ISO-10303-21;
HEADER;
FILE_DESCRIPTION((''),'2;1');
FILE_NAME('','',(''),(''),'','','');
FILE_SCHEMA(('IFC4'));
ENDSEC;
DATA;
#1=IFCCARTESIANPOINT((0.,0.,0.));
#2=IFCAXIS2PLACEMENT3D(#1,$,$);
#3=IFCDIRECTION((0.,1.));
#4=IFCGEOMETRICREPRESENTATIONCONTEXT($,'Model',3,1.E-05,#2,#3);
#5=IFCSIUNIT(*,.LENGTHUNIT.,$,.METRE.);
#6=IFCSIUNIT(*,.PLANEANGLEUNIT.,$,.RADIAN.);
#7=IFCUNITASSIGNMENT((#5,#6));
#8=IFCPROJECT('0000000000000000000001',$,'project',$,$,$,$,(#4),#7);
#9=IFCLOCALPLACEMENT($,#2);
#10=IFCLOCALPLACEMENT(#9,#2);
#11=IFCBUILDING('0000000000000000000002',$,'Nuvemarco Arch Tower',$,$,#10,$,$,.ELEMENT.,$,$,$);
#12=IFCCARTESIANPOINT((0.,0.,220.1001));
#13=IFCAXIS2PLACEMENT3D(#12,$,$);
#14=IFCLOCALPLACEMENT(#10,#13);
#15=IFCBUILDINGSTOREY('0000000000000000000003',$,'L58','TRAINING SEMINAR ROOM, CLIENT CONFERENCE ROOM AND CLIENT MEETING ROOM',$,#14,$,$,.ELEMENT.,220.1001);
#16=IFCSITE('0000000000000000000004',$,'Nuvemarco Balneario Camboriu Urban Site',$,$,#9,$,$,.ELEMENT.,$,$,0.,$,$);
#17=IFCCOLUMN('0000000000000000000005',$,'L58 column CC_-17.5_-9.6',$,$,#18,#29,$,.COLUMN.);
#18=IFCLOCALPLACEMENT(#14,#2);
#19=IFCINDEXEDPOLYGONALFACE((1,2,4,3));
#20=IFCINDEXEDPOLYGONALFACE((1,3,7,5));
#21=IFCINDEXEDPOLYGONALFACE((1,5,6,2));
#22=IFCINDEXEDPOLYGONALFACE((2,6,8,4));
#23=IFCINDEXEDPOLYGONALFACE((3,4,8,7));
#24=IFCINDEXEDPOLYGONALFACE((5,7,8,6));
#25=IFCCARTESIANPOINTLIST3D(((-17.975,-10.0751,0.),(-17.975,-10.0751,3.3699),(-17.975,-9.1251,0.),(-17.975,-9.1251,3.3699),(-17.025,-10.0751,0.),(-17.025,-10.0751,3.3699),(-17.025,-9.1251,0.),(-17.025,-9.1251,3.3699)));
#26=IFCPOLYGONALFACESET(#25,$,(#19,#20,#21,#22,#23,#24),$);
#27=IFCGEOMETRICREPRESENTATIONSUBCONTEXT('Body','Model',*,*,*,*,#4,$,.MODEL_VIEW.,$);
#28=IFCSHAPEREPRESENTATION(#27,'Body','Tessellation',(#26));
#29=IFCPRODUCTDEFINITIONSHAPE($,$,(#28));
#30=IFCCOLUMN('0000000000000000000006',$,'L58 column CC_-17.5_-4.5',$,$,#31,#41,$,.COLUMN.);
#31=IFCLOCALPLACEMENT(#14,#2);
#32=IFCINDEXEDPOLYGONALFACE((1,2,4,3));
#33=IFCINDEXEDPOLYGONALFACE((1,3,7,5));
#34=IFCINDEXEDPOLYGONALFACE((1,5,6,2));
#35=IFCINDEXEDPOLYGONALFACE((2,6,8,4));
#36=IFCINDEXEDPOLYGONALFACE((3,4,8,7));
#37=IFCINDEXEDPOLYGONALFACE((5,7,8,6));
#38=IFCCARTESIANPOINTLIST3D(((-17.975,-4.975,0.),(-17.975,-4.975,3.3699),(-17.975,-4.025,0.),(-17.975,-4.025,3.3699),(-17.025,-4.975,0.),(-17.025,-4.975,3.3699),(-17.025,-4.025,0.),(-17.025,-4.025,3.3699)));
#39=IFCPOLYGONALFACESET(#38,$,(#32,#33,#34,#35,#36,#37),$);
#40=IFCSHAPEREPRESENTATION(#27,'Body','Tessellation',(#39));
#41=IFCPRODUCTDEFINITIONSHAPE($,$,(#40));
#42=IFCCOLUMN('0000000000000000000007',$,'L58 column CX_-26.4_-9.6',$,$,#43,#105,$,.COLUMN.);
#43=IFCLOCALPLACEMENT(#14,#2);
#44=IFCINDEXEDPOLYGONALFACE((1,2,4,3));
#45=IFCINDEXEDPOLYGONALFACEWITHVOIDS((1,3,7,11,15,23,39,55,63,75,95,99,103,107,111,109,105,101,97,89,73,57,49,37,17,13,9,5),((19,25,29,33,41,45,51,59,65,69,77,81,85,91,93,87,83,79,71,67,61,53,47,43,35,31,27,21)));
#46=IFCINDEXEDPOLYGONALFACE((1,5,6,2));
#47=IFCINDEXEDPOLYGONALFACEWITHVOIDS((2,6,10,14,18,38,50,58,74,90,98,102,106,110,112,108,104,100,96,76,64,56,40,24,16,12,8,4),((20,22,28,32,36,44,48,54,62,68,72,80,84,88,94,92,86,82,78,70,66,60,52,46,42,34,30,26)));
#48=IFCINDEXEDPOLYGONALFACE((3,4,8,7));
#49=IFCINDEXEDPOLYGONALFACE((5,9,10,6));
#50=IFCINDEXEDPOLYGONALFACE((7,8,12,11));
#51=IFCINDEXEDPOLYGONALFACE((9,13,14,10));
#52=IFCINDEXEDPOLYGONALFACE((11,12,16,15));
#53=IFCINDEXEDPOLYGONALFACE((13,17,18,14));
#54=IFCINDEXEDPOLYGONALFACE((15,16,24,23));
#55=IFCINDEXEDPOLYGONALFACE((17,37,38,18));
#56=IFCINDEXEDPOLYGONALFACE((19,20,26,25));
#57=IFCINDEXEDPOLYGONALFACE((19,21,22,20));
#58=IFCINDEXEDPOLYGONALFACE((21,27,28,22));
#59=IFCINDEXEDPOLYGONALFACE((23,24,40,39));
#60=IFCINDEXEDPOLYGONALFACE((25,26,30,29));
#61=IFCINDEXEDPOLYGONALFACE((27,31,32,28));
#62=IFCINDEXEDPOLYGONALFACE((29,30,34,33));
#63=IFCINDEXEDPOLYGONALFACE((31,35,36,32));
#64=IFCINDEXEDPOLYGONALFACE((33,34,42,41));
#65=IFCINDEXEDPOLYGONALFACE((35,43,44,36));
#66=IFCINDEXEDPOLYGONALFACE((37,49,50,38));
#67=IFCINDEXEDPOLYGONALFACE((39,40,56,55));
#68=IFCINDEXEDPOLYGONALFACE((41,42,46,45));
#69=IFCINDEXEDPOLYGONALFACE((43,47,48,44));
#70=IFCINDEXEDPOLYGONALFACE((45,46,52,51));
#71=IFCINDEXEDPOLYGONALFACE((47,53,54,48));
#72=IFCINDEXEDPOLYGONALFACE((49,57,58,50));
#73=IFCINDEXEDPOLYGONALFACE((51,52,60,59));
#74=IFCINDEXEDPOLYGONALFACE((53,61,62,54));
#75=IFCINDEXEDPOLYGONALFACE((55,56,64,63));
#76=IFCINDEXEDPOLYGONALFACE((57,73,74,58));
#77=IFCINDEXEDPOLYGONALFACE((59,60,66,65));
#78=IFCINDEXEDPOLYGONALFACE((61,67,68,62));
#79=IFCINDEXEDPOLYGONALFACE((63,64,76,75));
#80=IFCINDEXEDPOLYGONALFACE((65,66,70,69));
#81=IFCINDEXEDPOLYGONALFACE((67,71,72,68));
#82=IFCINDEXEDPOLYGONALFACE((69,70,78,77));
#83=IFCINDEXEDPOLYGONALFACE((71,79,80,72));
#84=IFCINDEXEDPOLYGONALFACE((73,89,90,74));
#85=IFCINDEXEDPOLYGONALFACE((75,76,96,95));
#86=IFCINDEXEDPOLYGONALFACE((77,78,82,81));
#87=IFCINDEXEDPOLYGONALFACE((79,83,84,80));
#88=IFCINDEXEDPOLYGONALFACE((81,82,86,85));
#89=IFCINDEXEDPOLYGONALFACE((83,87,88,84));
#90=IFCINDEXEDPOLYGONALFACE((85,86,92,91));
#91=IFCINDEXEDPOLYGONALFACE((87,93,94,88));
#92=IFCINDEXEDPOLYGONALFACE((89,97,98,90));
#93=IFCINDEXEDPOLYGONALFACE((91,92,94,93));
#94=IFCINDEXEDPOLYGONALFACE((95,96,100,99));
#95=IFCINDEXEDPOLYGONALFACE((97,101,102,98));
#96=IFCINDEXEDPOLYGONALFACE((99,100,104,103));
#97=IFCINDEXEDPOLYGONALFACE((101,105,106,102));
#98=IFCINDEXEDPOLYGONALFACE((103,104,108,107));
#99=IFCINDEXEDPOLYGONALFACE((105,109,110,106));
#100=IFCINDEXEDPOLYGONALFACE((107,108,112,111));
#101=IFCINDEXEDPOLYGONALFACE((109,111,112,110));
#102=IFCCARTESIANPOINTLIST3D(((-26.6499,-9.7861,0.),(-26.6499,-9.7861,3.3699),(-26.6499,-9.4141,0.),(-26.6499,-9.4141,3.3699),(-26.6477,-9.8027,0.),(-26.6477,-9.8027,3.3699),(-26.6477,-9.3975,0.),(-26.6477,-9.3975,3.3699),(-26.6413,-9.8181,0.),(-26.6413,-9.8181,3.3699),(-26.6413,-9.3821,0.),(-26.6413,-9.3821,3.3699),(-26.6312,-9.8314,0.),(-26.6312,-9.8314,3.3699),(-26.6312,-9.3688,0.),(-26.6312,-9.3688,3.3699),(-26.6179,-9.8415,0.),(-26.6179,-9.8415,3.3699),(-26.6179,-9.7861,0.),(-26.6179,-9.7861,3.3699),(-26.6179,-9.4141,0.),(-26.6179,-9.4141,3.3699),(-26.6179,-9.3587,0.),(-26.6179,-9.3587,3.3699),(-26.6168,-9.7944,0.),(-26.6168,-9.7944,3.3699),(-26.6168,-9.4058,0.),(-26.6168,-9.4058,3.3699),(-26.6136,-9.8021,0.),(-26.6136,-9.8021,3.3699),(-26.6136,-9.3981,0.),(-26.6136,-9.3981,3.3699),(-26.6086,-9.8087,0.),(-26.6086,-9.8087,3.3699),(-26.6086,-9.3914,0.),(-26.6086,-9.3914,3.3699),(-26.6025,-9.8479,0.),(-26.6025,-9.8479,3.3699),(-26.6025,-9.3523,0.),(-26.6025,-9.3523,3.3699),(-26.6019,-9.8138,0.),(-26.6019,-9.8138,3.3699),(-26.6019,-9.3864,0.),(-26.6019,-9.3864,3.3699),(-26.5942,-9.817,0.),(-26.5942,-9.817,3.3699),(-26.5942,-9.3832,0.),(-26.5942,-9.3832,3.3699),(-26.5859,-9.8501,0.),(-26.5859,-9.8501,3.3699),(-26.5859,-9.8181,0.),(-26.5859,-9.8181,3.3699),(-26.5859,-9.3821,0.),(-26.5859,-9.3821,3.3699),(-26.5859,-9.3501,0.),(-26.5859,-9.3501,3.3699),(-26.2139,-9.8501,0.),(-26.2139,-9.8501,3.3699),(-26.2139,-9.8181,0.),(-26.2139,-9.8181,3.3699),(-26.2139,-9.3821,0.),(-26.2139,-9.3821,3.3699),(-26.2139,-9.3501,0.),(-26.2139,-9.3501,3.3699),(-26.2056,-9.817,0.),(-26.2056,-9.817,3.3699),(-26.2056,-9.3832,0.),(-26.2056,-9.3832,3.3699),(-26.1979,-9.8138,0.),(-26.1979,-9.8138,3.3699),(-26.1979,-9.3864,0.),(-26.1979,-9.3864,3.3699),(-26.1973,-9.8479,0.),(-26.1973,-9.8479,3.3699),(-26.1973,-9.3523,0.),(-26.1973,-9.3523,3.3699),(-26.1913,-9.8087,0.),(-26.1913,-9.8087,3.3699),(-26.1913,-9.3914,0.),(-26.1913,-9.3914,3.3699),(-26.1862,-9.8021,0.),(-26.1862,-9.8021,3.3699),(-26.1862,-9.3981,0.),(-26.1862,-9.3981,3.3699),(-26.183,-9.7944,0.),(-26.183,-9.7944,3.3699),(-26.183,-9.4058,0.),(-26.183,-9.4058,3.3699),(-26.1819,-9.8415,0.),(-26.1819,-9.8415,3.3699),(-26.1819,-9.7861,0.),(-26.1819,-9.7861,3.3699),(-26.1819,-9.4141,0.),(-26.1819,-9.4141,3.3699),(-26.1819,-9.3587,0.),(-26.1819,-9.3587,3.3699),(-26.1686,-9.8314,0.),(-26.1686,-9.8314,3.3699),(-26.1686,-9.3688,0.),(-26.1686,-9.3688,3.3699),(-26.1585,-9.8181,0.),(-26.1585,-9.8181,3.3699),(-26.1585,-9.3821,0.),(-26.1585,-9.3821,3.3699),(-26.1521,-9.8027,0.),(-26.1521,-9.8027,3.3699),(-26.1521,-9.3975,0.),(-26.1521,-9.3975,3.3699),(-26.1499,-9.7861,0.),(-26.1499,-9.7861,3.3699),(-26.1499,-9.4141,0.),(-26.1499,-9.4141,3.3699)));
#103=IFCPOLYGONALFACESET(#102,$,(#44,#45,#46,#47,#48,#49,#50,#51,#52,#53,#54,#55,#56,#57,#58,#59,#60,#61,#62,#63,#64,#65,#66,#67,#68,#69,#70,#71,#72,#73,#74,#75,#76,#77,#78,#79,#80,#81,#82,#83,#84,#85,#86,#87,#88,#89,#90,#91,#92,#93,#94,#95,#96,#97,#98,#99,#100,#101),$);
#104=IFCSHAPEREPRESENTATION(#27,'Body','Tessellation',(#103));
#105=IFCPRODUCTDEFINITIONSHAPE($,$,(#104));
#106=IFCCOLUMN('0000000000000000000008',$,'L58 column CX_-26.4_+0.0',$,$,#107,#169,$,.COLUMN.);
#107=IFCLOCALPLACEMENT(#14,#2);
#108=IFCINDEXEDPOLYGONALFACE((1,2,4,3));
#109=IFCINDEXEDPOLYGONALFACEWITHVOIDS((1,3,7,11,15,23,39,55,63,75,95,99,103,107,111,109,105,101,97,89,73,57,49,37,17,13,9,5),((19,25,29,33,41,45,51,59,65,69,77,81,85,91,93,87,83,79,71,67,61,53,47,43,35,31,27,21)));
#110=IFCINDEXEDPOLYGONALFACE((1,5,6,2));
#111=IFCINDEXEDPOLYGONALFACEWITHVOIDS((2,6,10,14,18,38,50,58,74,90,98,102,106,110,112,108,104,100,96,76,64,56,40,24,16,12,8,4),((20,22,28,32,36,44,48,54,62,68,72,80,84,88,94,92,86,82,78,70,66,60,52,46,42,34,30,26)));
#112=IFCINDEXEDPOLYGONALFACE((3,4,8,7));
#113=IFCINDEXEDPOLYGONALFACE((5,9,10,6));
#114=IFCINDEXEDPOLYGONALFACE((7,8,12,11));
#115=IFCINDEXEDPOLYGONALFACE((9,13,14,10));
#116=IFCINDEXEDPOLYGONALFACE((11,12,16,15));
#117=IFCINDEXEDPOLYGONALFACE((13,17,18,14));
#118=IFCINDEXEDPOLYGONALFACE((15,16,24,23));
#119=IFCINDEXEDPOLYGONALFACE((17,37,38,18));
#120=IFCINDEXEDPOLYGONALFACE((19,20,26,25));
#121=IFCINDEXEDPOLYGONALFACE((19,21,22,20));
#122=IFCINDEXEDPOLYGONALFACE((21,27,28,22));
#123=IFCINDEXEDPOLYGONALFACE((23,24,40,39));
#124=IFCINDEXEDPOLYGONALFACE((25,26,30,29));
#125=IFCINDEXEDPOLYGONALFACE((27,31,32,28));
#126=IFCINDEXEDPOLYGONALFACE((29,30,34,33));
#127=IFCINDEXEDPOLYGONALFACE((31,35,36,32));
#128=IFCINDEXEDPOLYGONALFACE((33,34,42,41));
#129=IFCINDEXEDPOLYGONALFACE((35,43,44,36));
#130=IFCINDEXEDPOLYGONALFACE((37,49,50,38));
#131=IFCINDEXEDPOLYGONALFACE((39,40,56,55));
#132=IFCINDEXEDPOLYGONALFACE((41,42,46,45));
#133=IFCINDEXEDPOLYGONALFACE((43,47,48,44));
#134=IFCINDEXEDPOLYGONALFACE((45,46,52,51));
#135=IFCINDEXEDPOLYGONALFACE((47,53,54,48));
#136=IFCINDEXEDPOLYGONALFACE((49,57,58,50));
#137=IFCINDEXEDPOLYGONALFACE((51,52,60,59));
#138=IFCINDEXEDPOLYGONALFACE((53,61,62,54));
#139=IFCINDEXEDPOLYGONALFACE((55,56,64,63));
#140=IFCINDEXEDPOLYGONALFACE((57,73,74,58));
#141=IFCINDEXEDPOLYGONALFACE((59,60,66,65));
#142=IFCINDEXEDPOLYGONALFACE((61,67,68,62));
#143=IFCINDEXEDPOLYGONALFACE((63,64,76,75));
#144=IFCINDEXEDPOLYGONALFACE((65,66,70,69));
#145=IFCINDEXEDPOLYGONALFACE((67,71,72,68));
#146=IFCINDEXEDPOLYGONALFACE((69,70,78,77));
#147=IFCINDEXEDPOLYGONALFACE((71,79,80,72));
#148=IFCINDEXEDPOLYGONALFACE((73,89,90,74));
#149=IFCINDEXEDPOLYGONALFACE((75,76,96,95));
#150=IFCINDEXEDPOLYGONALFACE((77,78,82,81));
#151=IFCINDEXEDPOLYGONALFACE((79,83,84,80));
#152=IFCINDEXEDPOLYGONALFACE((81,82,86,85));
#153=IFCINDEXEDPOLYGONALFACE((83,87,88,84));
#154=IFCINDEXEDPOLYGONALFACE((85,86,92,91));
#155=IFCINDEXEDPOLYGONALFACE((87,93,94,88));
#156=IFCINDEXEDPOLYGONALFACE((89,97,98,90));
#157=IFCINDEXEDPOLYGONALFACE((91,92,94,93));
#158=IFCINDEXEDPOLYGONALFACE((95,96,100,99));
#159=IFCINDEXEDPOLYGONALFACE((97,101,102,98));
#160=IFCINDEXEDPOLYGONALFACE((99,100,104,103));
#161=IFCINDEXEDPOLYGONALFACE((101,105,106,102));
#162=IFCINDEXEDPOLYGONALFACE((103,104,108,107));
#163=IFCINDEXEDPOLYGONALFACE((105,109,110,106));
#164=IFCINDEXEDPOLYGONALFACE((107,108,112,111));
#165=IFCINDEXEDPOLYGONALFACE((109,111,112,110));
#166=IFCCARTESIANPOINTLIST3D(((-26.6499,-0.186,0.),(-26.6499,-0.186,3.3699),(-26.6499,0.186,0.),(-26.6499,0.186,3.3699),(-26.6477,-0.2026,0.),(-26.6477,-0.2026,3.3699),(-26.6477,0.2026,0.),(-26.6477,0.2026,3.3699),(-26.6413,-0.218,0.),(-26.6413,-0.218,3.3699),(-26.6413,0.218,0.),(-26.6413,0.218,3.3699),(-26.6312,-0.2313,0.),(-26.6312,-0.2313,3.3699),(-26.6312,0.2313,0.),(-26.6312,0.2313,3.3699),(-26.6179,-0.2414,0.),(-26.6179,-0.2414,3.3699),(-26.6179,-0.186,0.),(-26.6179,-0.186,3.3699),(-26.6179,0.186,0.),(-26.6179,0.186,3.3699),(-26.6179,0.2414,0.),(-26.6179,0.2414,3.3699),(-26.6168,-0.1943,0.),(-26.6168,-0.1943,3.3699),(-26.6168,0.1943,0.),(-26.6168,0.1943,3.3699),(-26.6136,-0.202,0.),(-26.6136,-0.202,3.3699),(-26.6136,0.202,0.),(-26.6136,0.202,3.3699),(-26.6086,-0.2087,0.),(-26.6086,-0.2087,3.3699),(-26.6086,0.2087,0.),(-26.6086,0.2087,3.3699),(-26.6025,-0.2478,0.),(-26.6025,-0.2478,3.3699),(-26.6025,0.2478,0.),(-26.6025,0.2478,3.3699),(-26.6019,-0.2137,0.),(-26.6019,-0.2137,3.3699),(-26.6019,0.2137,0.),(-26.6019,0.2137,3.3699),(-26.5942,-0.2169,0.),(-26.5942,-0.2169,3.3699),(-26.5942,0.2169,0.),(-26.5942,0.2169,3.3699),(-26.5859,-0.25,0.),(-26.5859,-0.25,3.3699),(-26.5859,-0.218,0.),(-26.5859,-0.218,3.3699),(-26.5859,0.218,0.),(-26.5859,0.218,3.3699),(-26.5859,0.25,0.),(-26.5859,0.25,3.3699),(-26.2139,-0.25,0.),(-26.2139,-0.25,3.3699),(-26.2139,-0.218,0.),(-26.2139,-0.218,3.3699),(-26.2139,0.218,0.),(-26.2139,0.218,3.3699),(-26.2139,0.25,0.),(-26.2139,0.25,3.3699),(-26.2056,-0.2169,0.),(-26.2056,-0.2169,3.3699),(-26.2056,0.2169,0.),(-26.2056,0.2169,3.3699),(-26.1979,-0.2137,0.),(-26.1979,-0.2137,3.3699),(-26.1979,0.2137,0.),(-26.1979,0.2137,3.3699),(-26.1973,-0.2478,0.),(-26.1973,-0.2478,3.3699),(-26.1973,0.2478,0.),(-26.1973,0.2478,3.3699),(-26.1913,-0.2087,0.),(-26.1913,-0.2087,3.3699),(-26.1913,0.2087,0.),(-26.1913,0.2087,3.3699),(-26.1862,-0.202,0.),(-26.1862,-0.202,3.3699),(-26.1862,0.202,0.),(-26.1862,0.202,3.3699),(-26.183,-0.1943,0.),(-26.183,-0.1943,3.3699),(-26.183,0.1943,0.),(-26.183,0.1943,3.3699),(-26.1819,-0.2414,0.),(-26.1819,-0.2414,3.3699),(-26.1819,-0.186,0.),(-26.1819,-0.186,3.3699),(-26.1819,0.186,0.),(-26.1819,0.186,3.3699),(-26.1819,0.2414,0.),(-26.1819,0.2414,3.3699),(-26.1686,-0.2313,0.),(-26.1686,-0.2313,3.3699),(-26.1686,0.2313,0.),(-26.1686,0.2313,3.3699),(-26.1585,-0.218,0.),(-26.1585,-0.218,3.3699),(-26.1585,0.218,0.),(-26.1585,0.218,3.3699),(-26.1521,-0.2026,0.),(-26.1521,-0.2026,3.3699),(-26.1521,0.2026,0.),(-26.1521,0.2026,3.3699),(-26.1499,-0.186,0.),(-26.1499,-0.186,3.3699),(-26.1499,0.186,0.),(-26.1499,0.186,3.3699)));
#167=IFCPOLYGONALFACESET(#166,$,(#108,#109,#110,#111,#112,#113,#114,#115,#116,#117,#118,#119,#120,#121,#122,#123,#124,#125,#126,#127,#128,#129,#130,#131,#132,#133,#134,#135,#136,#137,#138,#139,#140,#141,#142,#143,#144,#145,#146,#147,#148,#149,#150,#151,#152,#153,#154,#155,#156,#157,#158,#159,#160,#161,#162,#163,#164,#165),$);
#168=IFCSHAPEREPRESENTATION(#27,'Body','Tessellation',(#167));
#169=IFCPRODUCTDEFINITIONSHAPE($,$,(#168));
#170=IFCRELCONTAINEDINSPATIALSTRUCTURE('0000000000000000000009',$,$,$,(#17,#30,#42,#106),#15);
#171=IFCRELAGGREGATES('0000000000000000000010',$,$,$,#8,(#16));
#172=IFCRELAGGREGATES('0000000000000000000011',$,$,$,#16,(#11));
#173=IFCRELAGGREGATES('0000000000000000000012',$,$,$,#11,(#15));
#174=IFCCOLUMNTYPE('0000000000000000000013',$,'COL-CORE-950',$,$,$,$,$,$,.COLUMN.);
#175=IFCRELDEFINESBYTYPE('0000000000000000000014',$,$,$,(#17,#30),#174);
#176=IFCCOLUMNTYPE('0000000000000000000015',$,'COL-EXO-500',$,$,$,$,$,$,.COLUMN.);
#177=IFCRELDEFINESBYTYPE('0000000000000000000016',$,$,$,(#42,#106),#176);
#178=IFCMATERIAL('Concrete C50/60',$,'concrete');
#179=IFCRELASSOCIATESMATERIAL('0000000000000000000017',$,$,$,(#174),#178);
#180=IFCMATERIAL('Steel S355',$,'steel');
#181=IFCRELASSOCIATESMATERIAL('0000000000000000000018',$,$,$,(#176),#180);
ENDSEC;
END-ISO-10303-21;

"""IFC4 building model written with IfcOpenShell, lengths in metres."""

from ifc_helpers import new_model, si_unit, direction, frame, origin, origin_2d, place, context, subcontext, project, spatial, rectangle, hollow_rectangle, extrude, material, material_profile, profile_set, type_object, element, save


model = new_model("IFC4")

# Units and contexts
model_context = context("Model", 3, precision=1e-05, world=origin(), true_north=direction((0.0, 1.0)))
body_context = subcontext(model_context, "Body", "Model", "MODEL_VIEW")
ifc_project = project(units=[si_unit("LENGTHUNIT", "METRE"), si_unit("PLANEANGLEUNIT", "RADIAN")], contexts=[model_context])

# Site, building, storey
site_placement = place(None, origin())
site = spatial("IfcSite", under=ifc_project, at=site_placement, Name="Nuvemarco Balneario Camboriu Urban Site", CompositionType="ELEMENT", RefElevation=0.0)
building_placement = place(site_placement, origin())
building = spatial("IfcBuilding", under=site, at=building_placement, Name="Nuvemarco Arch Tower", CompositionType="ELEMENT")
storey_placement = place(building_placement, frame((0.0, 0.0, 220.1001)))
storey = spatial("IfcBuildingStorey", under=building, at=storey_placement, Name="L58", Description="TRAINING SEMINAR ROOM, CLIENT CONFERENCE ROOM AND CLIENT MEETING ROOM", CompositionType="ELEMENT", Elevation=220.1001)

# Columns
ifc_material_1 = material(Name="Concrete C50/60", Category="concrete")
ifc_material_profile_1 = material_profile(ifc_material_1, rectangle(XDim=0.95, YDim=0.95, at=origin_2d()), Name="RC-COL-950x950")
ifc_profile_set_1 = profile_set([ifc_material_profile_1], Name="Concrete C50/60")
column_type_1 = type_object("IfcColumnType", Name="COL-CORE-950", PredefinedType="COLUMN", material=ifc_profile_set_1)
for number, where, z_axis, x_axis, name in (
    (1, (-17.5, -9.6001, 0.0), (0.0, 0.0, 1.0), (1.0, 0.0, 0.0), "L58 column CC_-17.5_-9.6"),
    (2, (-17.5, -4.5, 0.0), (0.0, 0.0, 1.0), (1.0, 0.0, 0.0), "L58 column CC_-17.5_-4.5"),
):
    element("IfcColumn", number, at=place(storey_placement, frame(where, z_axis=z_axis, x_axis=x_axis)), inside=storey, type_object=column_type_1, Name=name, PredefinedType="COLUMN", context=body_context, shape_type="SweptSolid", body=[
        extrude(rectangle(XDim=0.95, YDim=0.95, at=origin_2d()), origin(), (0.0, 0.0, 1.0), 3.3699),
    ])
ifc_material_2 = material(Name="Steel S355", Category="steel")
ifc_material_profile_2 = material_profile(ifc_material_2, hollow_rectangle(XDim=0.5, YDim=0.5, WallThickness=0.032, InnerFilletRadius=0.032, OuterFilletRadius=0.064, at=origin_2d()), Name="SHS500x500x32")
ifc_profile_set_2 = profile_set([ifc_material_profile_2], Name="Steel S355")
column_type_2 = type_object("IfcColumnType", Name="COL-EXO-500", PredefinedType="COLUMN", material=ifc_profile_set_2)
for number, where, z_axis, x_axis, name in (
    (3, (-26.3999, -9.6001, 0.0), (0.0, 0.0, 1.0), (1.0, 0.0, 0.0), "L58 column CX_-26.4_-9.6"),
    (4, (-26.3999, 0.0, 0.0), (0.0, 0.0, 1.0), (1.0, 0.0, 0.0), "L58 column CX_-26.4_+0.0"),
):
    element("IfcColumn", number, at=place(storey_placement, frame(where, z_axis=z_axis, x_axis=x_axis)), inside=storey, type_object=column_type_2, Name=name, PredefinedType="COLUMN", context=body_context, shape_type="SweptSolid", body=[
        extrude(hollow_rectangle(XDim=0.5, YDim=0.5, WallThickness=0.032, InnerFilletRadius=0.032, OuterFilletRadius=0.064, at=origin_2d()), origin(), (0.0, 0.0, 1.0), 3.3699),
    ])

save(model, "model.ifc")
